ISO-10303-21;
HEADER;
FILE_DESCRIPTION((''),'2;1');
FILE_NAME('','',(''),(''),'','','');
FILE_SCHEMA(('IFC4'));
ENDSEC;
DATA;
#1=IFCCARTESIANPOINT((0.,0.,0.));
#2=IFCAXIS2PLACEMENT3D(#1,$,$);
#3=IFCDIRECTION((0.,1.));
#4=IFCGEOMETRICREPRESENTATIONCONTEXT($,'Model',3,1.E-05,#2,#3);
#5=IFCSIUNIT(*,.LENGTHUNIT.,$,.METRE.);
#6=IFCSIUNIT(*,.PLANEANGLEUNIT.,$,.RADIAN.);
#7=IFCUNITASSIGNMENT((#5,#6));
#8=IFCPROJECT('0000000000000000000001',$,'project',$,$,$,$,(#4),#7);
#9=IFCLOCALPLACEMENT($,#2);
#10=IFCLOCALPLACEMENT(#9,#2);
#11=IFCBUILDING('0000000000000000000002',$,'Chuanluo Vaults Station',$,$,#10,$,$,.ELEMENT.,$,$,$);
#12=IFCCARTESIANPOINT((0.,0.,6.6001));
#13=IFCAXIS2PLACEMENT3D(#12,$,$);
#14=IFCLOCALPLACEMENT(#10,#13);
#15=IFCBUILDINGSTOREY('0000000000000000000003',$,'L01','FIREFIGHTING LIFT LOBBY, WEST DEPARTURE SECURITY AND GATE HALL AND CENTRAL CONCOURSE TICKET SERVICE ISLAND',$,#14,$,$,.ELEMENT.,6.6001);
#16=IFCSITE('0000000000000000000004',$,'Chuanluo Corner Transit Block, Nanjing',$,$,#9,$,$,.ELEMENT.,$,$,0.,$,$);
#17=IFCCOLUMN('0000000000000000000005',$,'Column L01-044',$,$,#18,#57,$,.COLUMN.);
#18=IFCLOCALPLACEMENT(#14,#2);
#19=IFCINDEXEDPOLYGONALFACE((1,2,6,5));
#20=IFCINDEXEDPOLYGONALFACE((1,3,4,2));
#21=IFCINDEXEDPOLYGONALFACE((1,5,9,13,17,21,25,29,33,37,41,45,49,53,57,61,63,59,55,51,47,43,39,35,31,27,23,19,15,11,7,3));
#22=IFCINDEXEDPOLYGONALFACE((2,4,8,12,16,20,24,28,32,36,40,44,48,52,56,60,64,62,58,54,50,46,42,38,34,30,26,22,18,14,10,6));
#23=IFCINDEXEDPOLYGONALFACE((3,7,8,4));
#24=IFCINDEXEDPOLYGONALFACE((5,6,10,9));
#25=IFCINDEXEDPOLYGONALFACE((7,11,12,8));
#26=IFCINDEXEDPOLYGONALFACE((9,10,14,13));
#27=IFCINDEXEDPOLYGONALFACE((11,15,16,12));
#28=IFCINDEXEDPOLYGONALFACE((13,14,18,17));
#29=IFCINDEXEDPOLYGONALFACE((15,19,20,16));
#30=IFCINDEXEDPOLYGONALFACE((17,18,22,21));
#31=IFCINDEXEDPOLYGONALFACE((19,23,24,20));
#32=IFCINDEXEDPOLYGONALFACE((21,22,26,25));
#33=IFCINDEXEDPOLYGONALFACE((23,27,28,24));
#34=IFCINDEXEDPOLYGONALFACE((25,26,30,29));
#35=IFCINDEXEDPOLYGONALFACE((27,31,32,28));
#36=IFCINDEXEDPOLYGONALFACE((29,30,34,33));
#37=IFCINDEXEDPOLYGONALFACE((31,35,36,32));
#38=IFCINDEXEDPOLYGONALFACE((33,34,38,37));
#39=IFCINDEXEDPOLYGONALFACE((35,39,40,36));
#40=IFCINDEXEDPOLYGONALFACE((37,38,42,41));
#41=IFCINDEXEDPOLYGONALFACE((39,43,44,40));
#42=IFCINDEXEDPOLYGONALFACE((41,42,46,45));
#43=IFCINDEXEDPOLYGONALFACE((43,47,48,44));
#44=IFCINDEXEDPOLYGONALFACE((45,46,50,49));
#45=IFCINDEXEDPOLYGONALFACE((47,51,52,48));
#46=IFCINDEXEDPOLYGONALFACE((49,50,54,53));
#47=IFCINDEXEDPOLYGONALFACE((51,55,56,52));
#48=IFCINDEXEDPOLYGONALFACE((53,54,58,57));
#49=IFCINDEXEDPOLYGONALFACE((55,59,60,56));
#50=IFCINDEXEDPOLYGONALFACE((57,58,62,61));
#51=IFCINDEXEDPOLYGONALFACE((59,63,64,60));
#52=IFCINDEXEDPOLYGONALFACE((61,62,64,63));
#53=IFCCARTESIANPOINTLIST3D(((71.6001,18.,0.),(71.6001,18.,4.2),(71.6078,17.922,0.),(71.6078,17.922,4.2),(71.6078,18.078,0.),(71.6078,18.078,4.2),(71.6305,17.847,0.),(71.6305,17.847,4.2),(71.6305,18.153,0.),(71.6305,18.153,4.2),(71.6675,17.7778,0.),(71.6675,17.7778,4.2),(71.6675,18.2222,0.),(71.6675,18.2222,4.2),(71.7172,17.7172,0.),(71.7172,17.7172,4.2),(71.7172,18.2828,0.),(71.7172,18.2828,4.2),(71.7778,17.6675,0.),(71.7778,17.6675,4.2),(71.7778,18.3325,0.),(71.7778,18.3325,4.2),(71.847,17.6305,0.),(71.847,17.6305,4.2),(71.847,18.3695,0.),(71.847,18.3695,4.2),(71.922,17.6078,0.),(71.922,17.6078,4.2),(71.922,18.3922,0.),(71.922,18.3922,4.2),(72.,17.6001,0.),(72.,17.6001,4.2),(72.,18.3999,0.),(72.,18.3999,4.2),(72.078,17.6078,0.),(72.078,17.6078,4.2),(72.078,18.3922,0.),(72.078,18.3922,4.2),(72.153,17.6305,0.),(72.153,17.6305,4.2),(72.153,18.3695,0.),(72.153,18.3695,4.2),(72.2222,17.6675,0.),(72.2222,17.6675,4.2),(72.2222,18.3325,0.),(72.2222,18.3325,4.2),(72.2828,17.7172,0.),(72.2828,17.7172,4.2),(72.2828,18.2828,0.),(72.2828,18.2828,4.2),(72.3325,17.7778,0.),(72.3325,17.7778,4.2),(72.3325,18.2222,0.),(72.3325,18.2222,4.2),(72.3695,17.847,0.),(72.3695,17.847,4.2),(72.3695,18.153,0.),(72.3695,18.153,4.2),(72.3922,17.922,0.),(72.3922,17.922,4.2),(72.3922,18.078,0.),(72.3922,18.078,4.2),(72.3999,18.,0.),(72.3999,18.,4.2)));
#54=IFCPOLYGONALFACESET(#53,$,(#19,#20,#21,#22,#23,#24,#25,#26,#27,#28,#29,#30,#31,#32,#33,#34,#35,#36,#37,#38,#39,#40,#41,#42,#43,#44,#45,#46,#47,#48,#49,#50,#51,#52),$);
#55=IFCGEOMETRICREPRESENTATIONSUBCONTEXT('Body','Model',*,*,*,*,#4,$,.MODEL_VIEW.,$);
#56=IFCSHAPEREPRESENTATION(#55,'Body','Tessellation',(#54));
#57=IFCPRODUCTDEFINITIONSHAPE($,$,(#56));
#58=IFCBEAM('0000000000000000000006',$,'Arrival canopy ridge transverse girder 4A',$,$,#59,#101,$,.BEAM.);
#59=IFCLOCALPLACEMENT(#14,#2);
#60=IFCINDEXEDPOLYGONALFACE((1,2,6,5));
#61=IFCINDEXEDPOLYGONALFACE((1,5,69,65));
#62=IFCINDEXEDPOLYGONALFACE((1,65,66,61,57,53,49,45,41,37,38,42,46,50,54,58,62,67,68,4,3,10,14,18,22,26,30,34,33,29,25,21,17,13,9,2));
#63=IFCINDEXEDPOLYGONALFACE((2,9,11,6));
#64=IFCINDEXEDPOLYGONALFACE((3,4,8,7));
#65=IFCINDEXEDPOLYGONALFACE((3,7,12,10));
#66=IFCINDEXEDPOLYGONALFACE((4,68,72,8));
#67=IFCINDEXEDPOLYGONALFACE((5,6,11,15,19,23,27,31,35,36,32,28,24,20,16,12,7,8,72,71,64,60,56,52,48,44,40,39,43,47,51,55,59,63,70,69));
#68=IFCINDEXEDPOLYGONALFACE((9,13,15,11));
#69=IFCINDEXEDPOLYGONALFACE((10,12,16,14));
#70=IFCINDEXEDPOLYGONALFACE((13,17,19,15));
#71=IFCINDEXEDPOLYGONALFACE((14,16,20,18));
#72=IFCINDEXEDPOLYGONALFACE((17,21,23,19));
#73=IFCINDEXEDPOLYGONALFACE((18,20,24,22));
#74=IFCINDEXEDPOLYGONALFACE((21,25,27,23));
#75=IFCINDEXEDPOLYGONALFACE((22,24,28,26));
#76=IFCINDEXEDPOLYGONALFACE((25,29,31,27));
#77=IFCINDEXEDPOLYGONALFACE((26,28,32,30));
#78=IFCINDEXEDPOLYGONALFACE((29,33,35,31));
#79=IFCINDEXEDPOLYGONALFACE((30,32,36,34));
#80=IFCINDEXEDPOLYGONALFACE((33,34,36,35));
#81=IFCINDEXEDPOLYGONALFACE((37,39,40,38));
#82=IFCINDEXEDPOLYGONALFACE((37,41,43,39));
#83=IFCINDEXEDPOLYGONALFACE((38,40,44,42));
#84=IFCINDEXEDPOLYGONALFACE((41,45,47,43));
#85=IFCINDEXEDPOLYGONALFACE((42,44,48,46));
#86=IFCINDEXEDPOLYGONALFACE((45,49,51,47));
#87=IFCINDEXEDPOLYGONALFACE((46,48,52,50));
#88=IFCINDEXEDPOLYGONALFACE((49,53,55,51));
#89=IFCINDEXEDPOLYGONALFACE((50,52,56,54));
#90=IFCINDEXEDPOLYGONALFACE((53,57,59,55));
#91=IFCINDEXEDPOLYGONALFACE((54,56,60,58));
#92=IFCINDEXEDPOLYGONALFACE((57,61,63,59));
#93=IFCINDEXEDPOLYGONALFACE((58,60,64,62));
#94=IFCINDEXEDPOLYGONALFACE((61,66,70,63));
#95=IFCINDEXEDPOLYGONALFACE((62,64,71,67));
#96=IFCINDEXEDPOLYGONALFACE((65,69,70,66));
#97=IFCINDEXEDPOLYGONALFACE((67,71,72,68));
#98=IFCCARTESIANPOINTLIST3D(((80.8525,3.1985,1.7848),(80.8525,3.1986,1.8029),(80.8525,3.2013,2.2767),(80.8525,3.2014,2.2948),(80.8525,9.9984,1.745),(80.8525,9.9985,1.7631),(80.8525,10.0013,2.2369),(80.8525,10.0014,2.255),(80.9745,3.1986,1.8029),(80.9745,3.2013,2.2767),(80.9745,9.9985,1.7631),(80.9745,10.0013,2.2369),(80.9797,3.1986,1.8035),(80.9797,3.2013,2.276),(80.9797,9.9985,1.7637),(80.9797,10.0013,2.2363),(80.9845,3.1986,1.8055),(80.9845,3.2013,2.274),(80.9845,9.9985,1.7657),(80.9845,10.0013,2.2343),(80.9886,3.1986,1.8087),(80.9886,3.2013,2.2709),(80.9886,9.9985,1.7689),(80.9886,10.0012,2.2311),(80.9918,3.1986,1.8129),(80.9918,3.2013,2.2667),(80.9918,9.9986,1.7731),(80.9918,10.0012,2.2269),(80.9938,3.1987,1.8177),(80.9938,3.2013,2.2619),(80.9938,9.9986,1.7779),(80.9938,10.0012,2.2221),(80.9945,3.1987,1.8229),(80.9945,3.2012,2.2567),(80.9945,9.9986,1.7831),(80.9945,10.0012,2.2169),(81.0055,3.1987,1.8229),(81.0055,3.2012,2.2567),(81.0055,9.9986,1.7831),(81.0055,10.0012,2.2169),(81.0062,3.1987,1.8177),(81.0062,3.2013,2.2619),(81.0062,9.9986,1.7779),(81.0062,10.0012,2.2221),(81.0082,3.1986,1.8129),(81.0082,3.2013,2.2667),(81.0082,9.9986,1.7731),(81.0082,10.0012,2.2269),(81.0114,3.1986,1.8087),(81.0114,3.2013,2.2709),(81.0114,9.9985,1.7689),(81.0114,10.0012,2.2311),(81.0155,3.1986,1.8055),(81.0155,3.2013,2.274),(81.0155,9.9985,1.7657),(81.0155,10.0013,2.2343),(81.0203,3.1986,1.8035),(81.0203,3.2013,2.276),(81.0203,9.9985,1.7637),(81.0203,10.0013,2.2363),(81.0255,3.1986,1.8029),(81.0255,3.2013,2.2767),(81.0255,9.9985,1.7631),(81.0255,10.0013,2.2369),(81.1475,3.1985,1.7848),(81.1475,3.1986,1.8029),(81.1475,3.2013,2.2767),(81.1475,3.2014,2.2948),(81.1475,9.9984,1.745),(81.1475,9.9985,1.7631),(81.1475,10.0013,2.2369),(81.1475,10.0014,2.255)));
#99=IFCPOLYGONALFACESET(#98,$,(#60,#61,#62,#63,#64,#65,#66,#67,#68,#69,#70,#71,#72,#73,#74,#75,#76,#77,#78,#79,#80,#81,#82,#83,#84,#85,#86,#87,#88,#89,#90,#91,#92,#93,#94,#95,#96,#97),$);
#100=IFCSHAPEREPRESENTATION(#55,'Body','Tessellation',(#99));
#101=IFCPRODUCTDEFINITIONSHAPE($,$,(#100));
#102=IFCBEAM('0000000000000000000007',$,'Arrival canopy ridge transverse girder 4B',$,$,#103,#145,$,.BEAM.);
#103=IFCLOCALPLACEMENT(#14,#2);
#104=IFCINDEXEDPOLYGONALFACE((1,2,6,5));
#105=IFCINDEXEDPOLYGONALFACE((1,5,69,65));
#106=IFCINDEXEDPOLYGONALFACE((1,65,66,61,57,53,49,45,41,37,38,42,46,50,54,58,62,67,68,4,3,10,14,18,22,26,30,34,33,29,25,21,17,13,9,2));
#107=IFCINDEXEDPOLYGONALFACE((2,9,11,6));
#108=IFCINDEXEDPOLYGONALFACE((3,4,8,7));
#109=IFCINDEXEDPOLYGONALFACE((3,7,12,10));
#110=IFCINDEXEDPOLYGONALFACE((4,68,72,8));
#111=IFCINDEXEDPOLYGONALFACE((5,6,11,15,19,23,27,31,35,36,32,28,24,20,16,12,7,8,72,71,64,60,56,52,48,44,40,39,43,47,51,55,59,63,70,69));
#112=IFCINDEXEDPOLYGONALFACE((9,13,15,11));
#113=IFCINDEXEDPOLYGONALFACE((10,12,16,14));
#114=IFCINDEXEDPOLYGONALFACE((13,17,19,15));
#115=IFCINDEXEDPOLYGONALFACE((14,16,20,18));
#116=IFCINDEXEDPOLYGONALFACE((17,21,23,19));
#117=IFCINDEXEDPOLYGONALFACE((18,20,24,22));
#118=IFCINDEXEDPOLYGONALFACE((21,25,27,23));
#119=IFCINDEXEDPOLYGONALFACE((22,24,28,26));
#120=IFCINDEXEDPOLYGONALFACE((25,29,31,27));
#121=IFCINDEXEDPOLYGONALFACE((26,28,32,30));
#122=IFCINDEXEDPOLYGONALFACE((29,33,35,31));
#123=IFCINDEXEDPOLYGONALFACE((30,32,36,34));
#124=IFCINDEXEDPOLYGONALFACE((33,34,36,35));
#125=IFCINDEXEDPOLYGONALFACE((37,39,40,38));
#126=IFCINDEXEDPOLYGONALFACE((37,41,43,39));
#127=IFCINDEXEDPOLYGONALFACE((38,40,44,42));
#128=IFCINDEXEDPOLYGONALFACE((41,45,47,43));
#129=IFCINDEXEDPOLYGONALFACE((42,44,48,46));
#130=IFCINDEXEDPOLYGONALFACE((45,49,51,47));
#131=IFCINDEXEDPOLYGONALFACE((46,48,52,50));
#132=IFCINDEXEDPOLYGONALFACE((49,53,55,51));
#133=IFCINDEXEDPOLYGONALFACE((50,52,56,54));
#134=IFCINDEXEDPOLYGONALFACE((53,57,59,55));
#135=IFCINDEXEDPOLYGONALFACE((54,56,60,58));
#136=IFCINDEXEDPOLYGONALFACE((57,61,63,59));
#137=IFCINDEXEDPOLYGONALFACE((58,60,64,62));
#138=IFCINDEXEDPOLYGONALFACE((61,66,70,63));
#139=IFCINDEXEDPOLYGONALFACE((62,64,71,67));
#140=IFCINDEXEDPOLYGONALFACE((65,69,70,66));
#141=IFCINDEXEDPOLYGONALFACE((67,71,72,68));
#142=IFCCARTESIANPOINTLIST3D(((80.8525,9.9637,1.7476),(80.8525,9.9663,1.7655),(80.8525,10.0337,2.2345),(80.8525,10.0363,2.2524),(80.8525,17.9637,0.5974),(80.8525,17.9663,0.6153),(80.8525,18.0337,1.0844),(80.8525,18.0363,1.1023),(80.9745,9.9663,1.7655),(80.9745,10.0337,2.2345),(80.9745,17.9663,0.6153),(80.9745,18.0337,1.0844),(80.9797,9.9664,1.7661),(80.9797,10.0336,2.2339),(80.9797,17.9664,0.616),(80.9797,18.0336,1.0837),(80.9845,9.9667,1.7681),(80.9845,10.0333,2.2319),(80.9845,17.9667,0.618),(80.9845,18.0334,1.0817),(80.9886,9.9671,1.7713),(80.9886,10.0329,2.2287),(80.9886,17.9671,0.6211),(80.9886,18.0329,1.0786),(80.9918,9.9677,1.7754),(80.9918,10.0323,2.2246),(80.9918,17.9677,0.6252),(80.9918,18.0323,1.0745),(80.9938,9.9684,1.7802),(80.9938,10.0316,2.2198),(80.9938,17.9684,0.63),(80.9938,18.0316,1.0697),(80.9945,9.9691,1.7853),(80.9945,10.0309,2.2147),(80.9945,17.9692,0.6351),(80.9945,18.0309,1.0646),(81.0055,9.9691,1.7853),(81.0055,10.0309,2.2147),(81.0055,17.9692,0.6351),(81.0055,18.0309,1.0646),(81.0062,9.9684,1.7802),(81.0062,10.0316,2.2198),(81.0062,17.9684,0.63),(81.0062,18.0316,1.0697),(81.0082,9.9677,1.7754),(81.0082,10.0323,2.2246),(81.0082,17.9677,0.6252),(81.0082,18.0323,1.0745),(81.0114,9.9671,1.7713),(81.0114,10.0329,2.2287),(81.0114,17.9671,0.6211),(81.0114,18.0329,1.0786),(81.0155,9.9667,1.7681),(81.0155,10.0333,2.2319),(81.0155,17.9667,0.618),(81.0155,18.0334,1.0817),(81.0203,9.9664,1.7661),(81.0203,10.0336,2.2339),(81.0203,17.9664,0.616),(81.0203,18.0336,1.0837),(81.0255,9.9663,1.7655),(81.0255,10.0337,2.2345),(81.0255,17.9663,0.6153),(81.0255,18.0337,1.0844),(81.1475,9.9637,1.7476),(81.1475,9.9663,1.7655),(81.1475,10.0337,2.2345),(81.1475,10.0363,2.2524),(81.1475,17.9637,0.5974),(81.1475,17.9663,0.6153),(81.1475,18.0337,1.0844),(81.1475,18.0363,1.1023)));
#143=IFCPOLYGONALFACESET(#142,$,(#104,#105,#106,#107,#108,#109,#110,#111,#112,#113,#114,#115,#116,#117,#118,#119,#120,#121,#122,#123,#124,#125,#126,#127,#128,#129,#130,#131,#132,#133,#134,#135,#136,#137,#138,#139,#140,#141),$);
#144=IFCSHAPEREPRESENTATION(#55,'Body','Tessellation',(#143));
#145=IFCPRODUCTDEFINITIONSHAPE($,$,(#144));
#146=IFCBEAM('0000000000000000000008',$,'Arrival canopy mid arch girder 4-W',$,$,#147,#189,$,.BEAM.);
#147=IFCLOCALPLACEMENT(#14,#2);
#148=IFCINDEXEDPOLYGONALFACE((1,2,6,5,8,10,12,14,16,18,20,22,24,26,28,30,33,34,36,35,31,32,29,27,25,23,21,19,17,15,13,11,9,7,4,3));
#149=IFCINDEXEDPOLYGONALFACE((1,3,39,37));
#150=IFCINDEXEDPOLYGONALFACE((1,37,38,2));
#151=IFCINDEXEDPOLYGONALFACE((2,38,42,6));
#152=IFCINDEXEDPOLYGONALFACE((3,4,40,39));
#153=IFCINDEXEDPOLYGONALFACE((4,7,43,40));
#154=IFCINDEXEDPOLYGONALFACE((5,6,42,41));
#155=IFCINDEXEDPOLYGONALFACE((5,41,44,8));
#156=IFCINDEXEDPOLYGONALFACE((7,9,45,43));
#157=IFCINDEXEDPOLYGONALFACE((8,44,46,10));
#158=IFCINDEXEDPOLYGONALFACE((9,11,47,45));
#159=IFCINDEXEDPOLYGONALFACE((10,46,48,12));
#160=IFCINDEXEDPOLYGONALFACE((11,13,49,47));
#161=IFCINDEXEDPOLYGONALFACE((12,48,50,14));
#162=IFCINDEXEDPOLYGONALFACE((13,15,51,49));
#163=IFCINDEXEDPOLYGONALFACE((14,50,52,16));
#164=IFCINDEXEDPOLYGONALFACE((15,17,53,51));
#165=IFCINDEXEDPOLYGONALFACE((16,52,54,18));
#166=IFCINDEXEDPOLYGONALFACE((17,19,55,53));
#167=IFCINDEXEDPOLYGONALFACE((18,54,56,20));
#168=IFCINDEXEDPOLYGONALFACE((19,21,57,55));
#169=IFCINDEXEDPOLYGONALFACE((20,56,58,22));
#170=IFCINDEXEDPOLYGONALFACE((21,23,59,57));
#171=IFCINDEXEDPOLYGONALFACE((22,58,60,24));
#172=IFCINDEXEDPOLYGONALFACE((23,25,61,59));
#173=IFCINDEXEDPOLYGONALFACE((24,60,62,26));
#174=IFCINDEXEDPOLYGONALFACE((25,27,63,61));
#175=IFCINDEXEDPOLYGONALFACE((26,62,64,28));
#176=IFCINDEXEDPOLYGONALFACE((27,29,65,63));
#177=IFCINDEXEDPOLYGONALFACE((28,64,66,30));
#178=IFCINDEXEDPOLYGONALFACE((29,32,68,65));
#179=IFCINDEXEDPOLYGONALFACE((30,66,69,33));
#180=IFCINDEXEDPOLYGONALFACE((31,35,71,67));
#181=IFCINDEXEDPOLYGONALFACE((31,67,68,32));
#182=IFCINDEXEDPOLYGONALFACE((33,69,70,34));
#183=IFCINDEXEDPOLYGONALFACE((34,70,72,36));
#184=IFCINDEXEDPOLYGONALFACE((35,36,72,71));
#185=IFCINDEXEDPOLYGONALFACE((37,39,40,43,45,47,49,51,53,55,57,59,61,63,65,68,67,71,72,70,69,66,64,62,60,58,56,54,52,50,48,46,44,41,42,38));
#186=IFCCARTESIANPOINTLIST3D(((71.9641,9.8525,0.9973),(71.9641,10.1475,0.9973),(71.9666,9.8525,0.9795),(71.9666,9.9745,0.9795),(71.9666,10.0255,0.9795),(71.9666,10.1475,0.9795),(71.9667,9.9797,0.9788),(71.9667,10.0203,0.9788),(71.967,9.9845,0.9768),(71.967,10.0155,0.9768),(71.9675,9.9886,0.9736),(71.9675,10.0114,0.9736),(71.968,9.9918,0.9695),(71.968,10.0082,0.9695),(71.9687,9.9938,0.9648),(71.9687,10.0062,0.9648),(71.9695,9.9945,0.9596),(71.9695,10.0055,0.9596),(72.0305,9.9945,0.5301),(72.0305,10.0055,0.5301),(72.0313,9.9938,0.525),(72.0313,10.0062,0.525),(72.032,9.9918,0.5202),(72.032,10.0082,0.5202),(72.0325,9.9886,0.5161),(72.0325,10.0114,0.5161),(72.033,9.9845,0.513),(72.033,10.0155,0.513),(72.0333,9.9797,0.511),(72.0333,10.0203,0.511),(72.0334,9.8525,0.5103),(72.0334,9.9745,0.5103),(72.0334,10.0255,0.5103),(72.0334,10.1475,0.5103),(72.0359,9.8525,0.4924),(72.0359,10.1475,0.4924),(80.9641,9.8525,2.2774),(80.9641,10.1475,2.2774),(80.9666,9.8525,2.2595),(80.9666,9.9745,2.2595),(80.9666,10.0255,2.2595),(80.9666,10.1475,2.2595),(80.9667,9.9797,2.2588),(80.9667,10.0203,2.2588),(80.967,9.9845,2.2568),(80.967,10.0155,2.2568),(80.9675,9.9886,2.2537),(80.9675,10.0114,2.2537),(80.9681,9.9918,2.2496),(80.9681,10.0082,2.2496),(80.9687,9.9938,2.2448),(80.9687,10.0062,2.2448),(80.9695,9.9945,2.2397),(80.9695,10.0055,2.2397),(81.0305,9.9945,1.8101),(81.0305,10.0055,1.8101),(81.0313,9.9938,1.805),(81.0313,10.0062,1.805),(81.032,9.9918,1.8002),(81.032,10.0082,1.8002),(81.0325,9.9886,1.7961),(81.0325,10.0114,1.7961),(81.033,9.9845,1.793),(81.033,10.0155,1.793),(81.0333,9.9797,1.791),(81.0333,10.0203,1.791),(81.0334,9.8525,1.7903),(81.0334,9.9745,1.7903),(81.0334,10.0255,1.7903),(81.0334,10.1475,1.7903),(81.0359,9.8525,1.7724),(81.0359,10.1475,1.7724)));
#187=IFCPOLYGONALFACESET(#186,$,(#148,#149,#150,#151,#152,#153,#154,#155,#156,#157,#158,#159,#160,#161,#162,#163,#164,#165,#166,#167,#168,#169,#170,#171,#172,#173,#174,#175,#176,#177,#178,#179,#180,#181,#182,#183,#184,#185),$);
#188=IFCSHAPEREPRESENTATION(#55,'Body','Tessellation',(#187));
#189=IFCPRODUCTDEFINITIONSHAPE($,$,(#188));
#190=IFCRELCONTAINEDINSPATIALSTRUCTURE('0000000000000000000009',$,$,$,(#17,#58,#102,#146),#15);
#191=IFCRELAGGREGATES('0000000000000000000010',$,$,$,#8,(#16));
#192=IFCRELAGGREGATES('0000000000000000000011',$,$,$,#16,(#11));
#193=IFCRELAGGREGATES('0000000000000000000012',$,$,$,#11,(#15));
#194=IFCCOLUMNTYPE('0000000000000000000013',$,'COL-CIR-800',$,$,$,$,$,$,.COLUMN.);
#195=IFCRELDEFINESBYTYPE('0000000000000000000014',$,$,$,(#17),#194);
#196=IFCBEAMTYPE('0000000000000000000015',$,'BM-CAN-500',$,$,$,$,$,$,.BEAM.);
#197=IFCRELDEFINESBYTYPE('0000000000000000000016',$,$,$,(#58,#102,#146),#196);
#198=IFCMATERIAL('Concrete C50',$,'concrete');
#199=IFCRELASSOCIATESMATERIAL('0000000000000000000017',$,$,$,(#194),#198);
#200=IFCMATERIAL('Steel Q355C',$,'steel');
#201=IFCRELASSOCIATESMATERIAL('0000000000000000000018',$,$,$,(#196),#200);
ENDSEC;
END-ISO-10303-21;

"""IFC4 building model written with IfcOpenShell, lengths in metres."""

from ifc_helpers import new_model, si_unit, direction, frame, origin, origin_2d, place, context, subcontext, project, spatial, circle, i_section, extrude, material, material_profile, profile_set, type_object, element, save


model = new_model("IFC4")

# Units and contexts
model_context = context("Model", 3, precision=1e-05, world=origin(), true_north=direction((0.0, 1.0)))
body_context = subcontext(model_context, "Body", "Model", "MODEL_VIEW")
ifc_project = project(units=[si_unit("LENGTHUNIT", "METRE"), si_unit("PLANEANGLEUNIT", "RADIAN")], contexts=[model_context])

# Site, building, storey
site_placement = place(None, origin())
site = spatial("IfcSite", under=ifc_project, at=site_placement, Name="Chuanluo Corner Transit Block, Nanjing", CompositionType="ELEMENT", RefElevation=0.0)
building_placement = place(site_placement, origin())
building = spatial("IfcBuilding", under=site, at=building_placement, Name="Chuanluo Vaults Station", CompositionType="ELEMENT")
storey_placement = place(building_placement, frame((0.0, 0.0, 6.6001)))
storey = spatial("IfcBuildingStorey", under=building, at=storey_placement, Name="L01", Description="FIREFIGHTING LIFT LOBBY, WEST DEPARTURE SECURITY AND GATE HALL AND CENTRAL CONCOURSE TICKET SERVICE ISLAND", CompositionType="ELEMENT", Elevation=6.6001)

# Column
ifc_material_1 = material(Name="Concrete C50", Category="concrete")
ifc_material_profile_1 = material_profile(ifc_material_1, circle(Radius=0.3999, at=origin_2d()))
ifc_profile_set_1 = profile_set([ifc_material_profile_1], Name="Concrete C50")
column_type = type_object("IfcColumnType", Name="COL-CIR-800", PredefinedType="COLUMN", material=ifc_profile_set_1)
column_placement = place(storey_placement, frame((72.0, 18.0, 0.0), z_axis=(0.0, 0.0, 1.0), x_axis=(1.0, 0.0, 0.0)))
element("IfcColumn", 1, at=column_placement, inside=storey, type_object=column_type, Name="Column L01-044", PredefinedType="COLUMN", context=body_context, shape_type="SweptSolid", body=[
    extrude(circle(Radius=0.3999, at=origin_2d()), origin(), (0.0, 0.0, 1.0), 4.2),
])

# Beams
ifc_material_2 = material(Name="Steel Q355C", Category="steel")
ifc_material_profile_2 = material_profile(ifc_material_2, i_section(OverallWidth=0.2949, OverallDepth=0.51, WebThickness=0.011, FlangeThickness=0.0181, FilletRadius=0.02, at=origin_2d()))
ifc_profile_set_2 = profile_set([ifc_material_profile_2], Name="Steel Q355C")
beam_type_1 = type_object("IfcBeamType", Name="BM-CAN-500", PredefinedType="BEAM", material=ifc_profile_set_2)
beam_1_placement = place(storey_placement, frame((81.0, 3.2, 2.0398), z_axis=(0.0, 0.999983, -0.005852), x_axis=(-1.0, 0.0, 0.0)))
element("IfcBeam", 2, at=beam_1_placement, inside=storey, type_object=beam_type_1, Name="Arrival canopy ridge transverse girder 4A", PredefinedType="BEAM", context=body_context, shape_type="SweptSolid", body=[
    extrude(i_section(OverallWidth=0.2949, OverallDepth=0.51, WebThickness=0.011, FlangeThickness=0.0181, FilletRadius=0.02, at=origin_2d()), origin(), (0.0, 0.0, 1.0), 6.8),
])
beam_2_placement = place(storey_placement, frame((81.0, 10.0, 2.0), z_axis=(0.0, 0.989823, -0.142305), x_axis=(-1.0, 0.0, 0.0)))
element("IfcBeam", 3, at=beam_2_placement, inside=storey, type_object=beam_type_1, Name="Arrival canopy ridge transverse girder 4B", PredefinedType="BEAM", context=body_context, shape_type="SweptSolid", body=[
    extrude(i_section(OverallWidth=0.2949, OverallDepth=0.51, WebThickness=0.011, FlangeThickness=0.0181, FilletRadius=0.02, at=origin_2d()), origin(), (0.0, 0.0, 1.0), 8.0823),
])
for number, where, z_axis, x_axis, name in (
    (4, (72.0, 10.0, 0.7449), (0.990037, 0.0, 0.140808), (0.0, 1.0, 0.0), "Arrival canopy mid arch girder 4-W"),
):
    element("IfcBeam", number, at=place(storey_placement, frame(where, z_axis=z_axis, x_axis=x_axis)), inside=storey, type_object=beam_type_1, Name=name, PredefinedType="BEAM", context=body_context, shape_type="SweptSolid", body=[
        extrude(i_section(OverallWidth=0.2949, OverallDepth=0.51, WebThickness=0.011, FlangeThickness=0.0181, FilletRadius=0.02, at=origin_2d()), origin(), (0.0, 0.0, 1.0), 9.0906),
    ])

save(model, "model.ifc")
